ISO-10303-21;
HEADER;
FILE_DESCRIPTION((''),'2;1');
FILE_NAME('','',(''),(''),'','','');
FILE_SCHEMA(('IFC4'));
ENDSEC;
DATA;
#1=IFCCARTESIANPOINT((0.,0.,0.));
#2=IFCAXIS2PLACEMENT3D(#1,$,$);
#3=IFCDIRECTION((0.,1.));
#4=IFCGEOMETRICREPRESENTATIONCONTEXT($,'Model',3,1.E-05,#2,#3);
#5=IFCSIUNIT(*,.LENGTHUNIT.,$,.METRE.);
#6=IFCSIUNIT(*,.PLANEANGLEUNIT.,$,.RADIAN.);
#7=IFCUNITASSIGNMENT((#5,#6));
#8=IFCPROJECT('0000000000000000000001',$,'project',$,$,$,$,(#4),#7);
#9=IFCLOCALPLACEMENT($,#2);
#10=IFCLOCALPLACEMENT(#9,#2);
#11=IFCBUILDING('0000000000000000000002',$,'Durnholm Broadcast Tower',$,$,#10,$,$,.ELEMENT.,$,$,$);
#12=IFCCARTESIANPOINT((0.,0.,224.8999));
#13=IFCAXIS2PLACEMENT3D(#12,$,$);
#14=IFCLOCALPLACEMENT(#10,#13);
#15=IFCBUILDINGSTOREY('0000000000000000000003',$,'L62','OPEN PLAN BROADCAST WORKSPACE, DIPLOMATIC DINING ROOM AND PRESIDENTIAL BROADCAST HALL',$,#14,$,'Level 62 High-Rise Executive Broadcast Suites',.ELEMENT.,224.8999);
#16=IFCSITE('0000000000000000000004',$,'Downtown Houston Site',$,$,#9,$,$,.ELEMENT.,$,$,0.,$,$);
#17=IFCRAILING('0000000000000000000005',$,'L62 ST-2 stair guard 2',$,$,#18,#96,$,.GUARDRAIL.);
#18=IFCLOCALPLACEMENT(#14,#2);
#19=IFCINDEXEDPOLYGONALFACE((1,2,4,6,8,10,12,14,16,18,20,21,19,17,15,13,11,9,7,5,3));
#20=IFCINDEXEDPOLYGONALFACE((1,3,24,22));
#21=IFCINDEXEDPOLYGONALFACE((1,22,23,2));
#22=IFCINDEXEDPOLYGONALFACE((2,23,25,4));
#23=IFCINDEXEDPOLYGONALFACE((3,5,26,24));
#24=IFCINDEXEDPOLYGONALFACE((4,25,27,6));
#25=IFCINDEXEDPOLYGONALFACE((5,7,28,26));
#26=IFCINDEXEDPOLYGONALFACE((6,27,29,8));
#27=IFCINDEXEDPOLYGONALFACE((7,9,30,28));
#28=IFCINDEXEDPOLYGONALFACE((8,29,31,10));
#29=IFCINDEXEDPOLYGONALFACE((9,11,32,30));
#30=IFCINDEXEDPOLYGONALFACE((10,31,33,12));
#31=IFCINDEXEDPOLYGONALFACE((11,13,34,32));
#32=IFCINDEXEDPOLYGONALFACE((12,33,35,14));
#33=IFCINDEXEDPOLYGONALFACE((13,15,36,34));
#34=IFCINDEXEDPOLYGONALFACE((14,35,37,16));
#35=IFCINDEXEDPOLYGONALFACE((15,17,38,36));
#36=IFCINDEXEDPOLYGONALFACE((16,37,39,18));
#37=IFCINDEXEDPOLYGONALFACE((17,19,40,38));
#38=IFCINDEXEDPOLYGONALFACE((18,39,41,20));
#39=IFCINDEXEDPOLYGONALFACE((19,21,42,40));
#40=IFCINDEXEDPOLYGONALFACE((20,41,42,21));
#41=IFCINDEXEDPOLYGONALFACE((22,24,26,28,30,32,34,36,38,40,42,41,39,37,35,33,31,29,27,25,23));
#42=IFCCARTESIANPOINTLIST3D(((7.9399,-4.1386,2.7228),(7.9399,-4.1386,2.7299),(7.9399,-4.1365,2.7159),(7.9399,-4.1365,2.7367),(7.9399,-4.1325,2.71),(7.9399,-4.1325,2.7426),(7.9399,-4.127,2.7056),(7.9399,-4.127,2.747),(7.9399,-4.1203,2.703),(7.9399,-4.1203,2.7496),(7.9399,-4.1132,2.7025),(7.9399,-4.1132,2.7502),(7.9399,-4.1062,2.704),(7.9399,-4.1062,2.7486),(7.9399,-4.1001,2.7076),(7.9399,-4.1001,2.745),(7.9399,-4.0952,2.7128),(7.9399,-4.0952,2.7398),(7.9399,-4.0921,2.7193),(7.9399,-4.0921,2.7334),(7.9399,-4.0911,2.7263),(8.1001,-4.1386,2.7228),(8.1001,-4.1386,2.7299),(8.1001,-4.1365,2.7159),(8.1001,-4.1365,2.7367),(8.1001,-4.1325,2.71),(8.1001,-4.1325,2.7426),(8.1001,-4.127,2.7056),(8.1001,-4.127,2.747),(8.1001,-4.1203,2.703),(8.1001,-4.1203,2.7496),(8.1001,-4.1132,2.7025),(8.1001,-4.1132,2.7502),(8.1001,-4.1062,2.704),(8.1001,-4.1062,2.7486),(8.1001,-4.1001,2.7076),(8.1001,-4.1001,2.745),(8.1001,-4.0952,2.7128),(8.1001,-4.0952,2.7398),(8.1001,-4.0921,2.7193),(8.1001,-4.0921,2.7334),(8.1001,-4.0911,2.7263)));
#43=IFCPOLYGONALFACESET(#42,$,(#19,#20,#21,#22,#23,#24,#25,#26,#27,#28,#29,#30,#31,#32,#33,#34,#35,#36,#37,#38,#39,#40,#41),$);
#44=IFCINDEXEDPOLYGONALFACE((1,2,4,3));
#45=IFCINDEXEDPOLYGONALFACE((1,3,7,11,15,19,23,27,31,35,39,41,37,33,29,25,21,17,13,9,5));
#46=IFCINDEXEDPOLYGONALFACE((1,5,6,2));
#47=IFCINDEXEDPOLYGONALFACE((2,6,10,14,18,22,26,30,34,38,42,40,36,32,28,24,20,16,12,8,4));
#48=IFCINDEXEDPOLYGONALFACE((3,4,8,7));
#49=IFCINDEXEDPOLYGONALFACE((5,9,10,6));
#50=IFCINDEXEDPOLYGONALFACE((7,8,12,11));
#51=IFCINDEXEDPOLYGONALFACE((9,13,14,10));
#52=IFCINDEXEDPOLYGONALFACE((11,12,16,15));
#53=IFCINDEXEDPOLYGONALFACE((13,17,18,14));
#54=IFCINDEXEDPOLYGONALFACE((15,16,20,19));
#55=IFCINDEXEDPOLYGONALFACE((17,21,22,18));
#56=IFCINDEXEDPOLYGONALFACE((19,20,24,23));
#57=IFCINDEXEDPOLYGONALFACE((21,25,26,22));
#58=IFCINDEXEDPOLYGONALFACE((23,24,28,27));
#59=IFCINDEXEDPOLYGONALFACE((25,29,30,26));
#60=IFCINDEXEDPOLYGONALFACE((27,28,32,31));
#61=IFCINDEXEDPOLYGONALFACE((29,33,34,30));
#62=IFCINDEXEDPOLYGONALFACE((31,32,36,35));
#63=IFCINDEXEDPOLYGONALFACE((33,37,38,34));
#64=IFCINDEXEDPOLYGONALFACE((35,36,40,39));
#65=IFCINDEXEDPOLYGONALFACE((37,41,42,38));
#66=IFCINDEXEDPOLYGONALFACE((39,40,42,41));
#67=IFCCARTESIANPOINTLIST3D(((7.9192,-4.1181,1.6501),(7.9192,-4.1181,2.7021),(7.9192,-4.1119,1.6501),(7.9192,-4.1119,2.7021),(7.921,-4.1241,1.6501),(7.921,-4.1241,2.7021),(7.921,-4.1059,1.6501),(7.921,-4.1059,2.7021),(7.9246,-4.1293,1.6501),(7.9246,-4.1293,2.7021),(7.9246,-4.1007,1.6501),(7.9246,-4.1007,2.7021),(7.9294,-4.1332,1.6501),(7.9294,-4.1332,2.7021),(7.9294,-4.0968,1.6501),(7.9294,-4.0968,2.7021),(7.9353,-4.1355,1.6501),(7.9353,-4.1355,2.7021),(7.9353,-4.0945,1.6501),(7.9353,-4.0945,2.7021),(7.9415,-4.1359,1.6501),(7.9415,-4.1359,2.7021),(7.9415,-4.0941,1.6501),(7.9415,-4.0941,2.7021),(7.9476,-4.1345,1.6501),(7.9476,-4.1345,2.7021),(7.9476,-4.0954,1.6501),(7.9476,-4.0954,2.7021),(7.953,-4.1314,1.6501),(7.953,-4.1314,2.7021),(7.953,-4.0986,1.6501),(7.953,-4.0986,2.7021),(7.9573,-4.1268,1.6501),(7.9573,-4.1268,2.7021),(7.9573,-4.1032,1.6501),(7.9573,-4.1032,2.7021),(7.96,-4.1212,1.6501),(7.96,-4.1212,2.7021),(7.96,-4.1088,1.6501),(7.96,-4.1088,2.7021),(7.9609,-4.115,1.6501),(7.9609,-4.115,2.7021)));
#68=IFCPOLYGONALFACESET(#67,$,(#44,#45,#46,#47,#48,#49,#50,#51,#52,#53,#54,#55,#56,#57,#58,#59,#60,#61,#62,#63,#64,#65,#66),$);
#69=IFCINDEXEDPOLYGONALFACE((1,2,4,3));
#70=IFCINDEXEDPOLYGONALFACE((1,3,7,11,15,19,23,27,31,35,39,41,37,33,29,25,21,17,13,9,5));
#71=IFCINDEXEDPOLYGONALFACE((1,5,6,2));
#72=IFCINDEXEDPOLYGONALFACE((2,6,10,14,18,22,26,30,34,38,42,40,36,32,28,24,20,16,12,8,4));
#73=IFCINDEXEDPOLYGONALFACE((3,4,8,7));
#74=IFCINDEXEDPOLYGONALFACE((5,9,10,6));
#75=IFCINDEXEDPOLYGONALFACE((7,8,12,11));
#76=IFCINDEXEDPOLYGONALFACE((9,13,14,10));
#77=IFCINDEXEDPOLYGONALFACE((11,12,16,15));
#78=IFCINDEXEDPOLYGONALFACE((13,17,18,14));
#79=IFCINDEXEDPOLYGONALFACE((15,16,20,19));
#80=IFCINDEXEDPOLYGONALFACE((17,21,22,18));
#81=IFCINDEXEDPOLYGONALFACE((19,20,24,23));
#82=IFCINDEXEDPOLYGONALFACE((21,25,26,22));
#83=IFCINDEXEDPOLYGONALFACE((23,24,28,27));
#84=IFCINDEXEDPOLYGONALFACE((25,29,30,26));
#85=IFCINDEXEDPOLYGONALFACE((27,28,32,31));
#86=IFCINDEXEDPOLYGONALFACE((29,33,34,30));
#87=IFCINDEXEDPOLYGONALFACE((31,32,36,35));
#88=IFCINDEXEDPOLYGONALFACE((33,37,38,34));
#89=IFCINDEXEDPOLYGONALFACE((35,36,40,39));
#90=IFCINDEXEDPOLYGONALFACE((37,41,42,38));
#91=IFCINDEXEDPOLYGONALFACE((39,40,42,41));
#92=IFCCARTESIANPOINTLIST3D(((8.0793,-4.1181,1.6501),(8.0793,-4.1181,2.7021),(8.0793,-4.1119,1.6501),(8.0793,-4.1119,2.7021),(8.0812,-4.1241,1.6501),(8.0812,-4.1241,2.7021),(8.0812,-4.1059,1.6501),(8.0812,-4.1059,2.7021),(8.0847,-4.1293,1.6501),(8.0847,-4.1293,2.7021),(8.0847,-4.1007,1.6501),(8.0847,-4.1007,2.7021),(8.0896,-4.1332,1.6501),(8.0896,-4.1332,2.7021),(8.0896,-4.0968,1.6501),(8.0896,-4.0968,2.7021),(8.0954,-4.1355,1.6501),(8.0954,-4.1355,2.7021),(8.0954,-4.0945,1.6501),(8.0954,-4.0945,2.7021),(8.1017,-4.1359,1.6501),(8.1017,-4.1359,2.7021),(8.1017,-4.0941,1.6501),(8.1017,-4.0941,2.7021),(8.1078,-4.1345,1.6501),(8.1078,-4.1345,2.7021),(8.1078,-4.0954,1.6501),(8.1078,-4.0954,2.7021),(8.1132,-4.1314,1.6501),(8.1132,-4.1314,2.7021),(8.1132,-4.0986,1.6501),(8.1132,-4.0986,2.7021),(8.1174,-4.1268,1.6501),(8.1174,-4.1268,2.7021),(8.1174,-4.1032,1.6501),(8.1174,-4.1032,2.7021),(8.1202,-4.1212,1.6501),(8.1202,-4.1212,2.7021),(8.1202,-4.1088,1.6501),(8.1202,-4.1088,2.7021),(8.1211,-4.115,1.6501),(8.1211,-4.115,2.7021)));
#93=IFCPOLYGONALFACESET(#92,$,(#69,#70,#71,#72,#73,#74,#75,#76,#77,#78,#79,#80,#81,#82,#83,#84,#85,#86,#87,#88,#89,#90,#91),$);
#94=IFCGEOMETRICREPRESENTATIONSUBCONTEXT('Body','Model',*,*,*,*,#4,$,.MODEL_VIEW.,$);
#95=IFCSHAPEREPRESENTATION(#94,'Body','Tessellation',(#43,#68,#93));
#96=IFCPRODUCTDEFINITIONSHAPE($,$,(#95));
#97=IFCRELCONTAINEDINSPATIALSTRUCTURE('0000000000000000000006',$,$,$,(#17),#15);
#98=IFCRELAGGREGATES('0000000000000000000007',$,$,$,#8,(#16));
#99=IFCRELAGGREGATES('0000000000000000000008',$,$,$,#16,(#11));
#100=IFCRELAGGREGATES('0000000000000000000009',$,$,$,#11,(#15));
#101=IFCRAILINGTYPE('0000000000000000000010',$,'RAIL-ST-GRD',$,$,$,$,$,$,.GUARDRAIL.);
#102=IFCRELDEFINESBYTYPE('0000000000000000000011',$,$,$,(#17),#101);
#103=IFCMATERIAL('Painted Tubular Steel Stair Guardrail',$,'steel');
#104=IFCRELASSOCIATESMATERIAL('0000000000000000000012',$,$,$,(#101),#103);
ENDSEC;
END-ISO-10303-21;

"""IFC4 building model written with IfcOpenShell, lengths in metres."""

from ifc_helpers import new_model, si_unit, direction, frame, origin, origin_2d, place, context, subcontext, project, spatial, circle, extrude, material, type_object, element, save


model = new_model("IFC4")

# Units and contexts
model_context = context("Model", 3, precision=1e-05, world=origin(), true_north=direction((0.0, 1.0)))
body_context = subcontext(model_context, "Body", "Model", "MODEL_VIEW")
ifc_project = project(units=[si_unit("LENGTHUNIT", "METRE"), si_unit("PLANEANGLEUNIT", "RADIAN")], contexts=[model_context])

# Site, building, storey
site_placement = place(None, origin())
site = spatial("IfcSite", under=ifc_project, at=site_placement, Name="Downtown Houston Site", CompositionType="ELEMENT", RefElevation=0.0)
building_placement = place(site_placement, origin())
building = spatial("IfcBuilding", under=site, at=building_placement, Name="Durnholm Broadcast Tower", CompositionType="ELEMENT")
storey_placement = place(building_placement, frame((0.0, 0.0, 224.8999)))
storey = spatial("IfcBuildingStorey", under=building, at=storey_placement, Name="L62", Description="OPEN PLAN BROADCAST WORKSPACE, DIPLOMATIC DINING ROOM AND PRESIDENTIAL BROADCAST HALL", LongName="Level 62 High-Rise Executive Broadcast Suites", CompositionType="ELEMENT", Elevation=224.8999)

# Railing
ifc_material_1 = material(Name="Painted Tubular Steel Stair Guardrail", Category="steel")
railing_type_1 = type_object("IfcRailingType", Name="RAIL-ST-GRD", PredefinedType="GUARDRAIL", material=ifc_material_1)
railing_1_placement = place(storey_placement, frame((7.9399, -4.115, 1.6501)))
element("IfcRailing", 1, at=railing_1_placement, inside=storey, type_object=railing_type_1, Name="L62 ST-2 stair guard 2", PredefinedType="GUARDRAIL", context=body_context, shape_type="SweptSolid", body=[
    extrude(circle(Radius=0.0239, at=origin_2d()), frame((0.0, 0.0, 1.0762), z_axis=(1.0, 0.0, 0.0), x_axis=(0.0, 1.0, 0.0)), (0.0, 0.0, 1.0), 0.1602),
    extrude(circle(Radius=0.021, at=origin_2d()), origin(), (0.0, 0.0, 1.0), 1.052),
    extrude(circle(Radius=0.021, at=origin_2d()), frame((0.1602, 0.0, 0.0)), (0.0, 0.0, 1.0), 1.052),
])

save(model, "model.ifc")
